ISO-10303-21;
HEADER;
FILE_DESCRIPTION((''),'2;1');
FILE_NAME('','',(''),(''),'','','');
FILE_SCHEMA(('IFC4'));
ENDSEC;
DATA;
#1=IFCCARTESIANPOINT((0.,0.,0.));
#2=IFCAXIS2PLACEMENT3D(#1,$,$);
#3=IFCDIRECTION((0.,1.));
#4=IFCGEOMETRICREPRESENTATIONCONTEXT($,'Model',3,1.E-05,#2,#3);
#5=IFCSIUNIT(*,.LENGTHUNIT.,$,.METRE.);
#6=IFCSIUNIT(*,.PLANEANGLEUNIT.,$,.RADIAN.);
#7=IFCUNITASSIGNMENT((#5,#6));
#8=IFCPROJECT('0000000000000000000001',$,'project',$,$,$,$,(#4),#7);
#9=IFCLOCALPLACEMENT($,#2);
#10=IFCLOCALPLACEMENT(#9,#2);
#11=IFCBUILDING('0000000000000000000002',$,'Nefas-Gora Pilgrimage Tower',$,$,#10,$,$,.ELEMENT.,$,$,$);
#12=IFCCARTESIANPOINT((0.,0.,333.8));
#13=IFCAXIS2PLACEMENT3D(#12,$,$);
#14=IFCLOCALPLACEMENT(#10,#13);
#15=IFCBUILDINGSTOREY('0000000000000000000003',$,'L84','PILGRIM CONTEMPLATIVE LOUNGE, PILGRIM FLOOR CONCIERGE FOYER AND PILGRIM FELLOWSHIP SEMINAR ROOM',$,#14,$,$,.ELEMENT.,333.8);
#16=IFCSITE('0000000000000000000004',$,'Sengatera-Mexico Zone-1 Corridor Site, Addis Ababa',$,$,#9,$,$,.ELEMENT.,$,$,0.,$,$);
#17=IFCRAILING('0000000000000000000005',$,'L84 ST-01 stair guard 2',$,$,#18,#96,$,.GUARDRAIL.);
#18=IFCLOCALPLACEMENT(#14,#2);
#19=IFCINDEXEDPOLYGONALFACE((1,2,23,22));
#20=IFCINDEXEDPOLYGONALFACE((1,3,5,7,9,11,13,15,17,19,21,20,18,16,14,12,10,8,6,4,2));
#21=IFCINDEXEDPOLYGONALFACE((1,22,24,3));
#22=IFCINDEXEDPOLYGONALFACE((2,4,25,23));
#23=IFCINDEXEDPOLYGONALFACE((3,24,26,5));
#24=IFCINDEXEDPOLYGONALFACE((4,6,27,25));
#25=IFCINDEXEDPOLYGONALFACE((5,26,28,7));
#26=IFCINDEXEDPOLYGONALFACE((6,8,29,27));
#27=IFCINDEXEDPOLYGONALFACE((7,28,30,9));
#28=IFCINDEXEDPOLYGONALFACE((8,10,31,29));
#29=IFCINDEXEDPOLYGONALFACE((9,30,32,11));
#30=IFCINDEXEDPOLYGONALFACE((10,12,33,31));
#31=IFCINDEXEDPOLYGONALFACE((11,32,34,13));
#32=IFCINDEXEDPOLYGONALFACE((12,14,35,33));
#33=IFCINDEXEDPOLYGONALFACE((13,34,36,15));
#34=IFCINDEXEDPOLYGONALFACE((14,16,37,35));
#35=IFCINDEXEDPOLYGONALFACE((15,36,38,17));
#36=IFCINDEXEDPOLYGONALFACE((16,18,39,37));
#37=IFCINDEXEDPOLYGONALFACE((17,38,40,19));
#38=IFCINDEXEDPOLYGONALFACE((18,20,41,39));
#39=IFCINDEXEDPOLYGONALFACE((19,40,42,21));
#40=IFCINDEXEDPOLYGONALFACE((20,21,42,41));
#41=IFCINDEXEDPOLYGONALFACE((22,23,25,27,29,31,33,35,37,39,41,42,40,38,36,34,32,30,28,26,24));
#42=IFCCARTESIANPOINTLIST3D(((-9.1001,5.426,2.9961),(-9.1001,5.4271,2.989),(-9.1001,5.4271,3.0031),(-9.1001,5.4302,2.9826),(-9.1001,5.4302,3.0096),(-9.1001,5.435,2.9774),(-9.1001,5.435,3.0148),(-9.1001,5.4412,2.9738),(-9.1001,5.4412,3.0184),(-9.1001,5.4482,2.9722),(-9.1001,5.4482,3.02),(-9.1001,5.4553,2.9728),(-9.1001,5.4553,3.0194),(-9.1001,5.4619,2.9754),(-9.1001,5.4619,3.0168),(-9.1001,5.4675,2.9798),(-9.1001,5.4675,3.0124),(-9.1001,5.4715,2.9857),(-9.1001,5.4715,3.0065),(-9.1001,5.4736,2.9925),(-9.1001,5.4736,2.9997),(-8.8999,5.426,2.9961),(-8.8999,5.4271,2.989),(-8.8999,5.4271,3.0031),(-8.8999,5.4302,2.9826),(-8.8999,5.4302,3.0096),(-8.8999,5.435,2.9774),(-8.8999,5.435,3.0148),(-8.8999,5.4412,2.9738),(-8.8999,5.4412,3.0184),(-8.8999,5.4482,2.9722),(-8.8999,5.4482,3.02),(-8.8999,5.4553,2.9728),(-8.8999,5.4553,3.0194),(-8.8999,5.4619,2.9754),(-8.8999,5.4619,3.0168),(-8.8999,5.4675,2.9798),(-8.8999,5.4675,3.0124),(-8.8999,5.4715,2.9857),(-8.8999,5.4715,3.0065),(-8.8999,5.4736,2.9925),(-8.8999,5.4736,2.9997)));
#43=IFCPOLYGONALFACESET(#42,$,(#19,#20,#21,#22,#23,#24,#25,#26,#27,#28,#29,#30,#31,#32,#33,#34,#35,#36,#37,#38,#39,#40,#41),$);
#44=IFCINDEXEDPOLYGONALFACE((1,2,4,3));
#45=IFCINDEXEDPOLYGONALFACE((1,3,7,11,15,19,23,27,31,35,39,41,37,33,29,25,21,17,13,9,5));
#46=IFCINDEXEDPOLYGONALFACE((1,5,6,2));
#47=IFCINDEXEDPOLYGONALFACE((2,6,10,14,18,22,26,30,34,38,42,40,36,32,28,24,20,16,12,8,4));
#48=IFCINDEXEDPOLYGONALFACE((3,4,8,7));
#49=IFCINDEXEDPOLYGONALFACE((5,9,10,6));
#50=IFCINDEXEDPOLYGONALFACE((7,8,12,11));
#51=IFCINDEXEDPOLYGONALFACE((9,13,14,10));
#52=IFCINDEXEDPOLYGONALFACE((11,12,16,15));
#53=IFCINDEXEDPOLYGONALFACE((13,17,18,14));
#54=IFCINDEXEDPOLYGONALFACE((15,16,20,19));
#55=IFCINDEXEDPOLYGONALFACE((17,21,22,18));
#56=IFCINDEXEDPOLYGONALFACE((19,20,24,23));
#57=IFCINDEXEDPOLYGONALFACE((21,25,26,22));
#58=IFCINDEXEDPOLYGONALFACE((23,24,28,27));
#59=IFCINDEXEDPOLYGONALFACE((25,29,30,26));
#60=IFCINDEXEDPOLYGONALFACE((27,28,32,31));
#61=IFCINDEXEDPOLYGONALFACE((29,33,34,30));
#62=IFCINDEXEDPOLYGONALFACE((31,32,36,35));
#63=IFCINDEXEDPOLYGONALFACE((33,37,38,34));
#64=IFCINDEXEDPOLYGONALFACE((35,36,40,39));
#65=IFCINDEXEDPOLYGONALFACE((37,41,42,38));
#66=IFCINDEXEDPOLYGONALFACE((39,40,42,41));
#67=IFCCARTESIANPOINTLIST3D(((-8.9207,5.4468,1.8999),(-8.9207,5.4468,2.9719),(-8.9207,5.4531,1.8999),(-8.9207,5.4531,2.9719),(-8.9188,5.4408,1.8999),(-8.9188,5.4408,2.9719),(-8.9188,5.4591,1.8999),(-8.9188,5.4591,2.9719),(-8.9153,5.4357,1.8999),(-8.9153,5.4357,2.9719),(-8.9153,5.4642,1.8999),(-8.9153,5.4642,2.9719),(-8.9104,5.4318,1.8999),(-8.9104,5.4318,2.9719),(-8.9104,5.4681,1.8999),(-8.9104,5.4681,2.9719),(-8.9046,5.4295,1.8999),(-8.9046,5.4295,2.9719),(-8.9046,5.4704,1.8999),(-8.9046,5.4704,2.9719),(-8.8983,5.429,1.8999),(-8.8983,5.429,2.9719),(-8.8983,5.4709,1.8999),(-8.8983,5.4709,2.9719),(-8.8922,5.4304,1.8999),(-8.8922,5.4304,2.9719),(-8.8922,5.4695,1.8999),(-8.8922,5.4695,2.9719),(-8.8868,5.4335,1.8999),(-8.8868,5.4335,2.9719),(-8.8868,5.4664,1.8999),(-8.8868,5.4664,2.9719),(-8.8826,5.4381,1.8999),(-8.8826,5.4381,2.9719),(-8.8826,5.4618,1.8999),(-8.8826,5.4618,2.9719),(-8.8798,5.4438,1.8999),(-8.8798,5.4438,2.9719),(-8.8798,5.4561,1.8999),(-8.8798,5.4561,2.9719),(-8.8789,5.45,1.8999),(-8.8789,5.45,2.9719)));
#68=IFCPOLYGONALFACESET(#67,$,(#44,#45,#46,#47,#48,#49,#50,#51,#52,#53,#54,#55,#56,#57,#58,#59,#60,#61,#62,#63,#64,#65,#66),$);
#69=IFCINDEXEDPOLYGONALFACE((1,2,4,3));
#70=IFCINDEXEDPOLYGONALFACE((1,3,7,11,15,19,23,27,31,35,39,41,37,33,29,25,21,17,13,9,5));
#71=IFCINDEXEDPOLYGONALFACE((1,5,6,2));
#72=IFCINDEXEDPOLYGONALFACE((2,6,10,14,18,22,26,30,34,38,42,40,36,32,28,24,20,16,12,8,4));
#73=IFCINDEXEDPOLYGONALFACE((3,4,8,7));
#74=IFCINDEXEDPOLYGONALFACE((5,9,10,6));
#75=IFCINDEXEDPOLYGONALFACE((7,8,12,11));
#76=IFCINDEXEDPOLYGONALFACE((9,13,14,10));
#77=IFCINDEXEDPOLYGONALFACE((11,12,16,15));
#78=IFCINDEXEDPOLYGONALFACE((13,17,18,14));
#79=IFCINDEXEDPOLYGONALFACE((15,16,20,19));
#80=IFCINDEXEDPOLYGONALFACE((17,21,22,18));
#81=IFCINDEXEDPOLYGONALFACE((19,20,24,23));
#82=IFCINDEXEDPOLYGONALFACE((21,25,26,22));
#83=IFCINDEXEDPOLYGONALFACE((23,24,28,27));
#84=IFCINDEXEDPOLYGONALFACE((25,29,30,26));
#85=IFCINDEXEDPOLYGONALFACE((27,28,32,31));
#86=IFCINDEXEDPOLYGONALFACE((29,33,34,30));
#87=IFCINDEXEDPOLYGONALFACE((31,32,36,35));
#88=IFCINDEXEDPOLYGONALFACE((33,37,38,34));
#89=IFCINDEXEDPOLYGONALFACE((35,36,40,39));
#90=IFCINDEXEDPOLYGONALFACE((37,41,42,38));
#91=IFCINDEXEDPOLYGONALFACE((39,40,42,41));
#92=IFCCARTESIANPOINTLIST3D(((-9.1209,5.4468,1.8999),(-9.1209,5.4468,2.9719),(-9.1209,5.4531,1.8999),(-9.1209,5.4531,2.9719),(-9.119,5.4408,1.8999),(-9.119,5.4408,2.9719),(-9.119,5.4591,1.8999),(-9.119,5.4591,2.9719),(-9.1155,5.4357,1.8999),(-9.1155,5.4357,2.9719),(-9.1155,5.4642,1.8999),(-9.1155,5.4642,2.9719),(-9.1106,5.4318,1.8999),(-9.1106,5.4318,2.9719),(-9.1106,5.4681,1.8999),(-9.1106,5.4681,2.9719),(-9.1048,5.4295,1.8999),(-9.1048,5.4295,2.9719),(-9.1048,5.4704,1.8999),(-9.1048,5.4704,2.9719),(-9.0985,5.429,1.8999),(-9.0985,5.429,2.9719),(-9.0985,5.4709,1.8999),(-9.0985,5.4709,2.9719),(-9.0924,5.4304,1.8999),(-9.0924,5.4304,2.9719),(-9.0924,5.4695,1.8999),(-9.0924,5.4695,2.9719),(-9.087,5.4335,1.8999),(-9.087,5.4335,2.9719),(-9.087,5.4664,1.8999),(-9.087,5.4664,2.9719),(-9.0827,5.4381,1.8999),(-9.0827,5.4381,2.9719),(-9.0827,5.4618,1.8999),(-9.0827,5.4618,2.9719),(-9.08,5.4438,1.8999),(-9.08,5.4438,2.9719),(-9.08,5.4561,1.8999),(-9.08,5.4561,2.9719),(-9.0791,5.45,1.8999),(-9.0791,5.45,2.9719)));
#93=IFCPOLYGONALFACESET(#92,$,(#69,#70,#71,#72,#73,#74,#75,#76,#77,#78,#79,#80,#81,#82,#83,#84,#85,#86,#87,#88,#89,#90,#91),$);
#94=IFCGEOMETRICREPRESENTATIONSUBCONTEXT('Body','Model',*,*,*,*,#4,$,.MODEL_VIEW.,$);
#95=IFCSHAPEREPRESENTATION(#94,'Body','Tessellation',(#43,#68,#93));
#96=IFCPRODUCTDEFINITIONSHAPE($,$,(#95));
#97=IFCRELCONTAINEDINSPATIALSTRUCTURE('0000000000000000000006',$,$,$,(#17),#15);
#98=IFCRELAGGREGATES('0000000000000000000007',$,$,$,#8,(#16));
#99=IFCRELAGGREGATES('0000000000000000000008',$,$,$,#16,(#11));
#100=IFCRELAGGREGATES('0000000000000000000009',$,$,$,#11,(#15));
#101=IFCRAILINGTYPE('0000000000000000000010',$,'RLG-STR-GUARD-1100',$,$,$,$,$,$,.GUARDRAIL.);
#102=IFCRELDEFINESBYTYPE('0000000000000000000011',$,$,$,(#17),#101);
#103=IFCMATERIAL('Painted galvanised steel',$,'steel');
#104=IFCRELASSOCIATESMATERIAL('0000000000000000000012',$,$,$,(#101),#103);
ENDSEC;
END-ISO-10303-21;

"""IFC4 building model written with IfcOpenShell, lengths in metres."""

from ifc_helpers import new_model, si_unit, direction, frame, origin, origin_2d, place, context, subcontext, project, spatial, circle, extrude, material, type_object, element, save


model = new_model("IFC4")

# Units and contexts
model_context = context("Model", 3, precision=1e-05, world=origin(), true_north=direction((0.0, 1.0)))
body_context = subcontext(model_context, "Body", "Model", "MODEL_VIEW")
ifc_project = project(units=[si_unit("LENGTHUNIT", "METRE"), si_unit("PLANEANGLEUNIT", "RADIAN")], contexts=[model_context])

# Site, building, storey
site_placement = place(None, origin())
site = spatial("IfcSite", under=ifc_project, at=site_placement, Name="Sengatera-Mexico Zone-1 Corridor Site, Addis Ababa", CompositionType="ELEMENT", RefElevation=0.0)
building_placement = place(site_placement, origin())
building = spatial("IfcBuilding", under=site, at=building_placement, Name="Nefas-Gora Pilgrimage Tower", CompositionType="ELEMENT")
storey_placement = place(building_placement, frame((0.0, 0.0, 333.8)))
storey = spatial("IfcBuildingStorey", under=building, at=storey_placement, Name="L84", Description="PILGRIM CONTEMPLATIVE LOUNGE, PILGRIM FLOOR CONCIERGE FOYER AND PILGRIM FELLOWSHIP SEMINAR ROOM", CompositionType="ELEMENT", Elevation=333.8)

# Railing
ifc_material_1 = material(Name="Painted galvanised steel", Category="steel")
railing_type_1 = type_object("IfcRailingType", Name="RLG-STR-GUARD-1100", PredefinedType="GUARDRAIL", material=ifc_material_1)
railing_1_placement = place(storey_placement, frame((-8.8999, 5.45, 1.8999)))
element("IfcRailing", 1, at=railing_1_placement, inside=storey, type_object=railing_type_1, Name="L84 ST-01 stair guard 2", PredefinedType="GUARDRAIL", context=body_context, shape_type="SweptSolid", body=[
    extrude(circle(Radius=0.0239, at=origin_2d()), frame((0.0, 0.0, 1.0962), z_axis=(-1.0, 0.0, 0.0), x_axis=(0.0, -1.0, 0.0)), (0.0, 0.0, 1.0), 0.2002),
    extrude(circle(Radius=0.021, at=origin_2d()), origin(), (0.0, 0.0, 1.0), 1.072),
    extrude(circle(Radius=0.021, at=origin_2d()), frame((-0.2002, 0.0, 0.0)), (0.0, 0.0, 1.0), 1.072),
])

save(model, "model.ifc")
